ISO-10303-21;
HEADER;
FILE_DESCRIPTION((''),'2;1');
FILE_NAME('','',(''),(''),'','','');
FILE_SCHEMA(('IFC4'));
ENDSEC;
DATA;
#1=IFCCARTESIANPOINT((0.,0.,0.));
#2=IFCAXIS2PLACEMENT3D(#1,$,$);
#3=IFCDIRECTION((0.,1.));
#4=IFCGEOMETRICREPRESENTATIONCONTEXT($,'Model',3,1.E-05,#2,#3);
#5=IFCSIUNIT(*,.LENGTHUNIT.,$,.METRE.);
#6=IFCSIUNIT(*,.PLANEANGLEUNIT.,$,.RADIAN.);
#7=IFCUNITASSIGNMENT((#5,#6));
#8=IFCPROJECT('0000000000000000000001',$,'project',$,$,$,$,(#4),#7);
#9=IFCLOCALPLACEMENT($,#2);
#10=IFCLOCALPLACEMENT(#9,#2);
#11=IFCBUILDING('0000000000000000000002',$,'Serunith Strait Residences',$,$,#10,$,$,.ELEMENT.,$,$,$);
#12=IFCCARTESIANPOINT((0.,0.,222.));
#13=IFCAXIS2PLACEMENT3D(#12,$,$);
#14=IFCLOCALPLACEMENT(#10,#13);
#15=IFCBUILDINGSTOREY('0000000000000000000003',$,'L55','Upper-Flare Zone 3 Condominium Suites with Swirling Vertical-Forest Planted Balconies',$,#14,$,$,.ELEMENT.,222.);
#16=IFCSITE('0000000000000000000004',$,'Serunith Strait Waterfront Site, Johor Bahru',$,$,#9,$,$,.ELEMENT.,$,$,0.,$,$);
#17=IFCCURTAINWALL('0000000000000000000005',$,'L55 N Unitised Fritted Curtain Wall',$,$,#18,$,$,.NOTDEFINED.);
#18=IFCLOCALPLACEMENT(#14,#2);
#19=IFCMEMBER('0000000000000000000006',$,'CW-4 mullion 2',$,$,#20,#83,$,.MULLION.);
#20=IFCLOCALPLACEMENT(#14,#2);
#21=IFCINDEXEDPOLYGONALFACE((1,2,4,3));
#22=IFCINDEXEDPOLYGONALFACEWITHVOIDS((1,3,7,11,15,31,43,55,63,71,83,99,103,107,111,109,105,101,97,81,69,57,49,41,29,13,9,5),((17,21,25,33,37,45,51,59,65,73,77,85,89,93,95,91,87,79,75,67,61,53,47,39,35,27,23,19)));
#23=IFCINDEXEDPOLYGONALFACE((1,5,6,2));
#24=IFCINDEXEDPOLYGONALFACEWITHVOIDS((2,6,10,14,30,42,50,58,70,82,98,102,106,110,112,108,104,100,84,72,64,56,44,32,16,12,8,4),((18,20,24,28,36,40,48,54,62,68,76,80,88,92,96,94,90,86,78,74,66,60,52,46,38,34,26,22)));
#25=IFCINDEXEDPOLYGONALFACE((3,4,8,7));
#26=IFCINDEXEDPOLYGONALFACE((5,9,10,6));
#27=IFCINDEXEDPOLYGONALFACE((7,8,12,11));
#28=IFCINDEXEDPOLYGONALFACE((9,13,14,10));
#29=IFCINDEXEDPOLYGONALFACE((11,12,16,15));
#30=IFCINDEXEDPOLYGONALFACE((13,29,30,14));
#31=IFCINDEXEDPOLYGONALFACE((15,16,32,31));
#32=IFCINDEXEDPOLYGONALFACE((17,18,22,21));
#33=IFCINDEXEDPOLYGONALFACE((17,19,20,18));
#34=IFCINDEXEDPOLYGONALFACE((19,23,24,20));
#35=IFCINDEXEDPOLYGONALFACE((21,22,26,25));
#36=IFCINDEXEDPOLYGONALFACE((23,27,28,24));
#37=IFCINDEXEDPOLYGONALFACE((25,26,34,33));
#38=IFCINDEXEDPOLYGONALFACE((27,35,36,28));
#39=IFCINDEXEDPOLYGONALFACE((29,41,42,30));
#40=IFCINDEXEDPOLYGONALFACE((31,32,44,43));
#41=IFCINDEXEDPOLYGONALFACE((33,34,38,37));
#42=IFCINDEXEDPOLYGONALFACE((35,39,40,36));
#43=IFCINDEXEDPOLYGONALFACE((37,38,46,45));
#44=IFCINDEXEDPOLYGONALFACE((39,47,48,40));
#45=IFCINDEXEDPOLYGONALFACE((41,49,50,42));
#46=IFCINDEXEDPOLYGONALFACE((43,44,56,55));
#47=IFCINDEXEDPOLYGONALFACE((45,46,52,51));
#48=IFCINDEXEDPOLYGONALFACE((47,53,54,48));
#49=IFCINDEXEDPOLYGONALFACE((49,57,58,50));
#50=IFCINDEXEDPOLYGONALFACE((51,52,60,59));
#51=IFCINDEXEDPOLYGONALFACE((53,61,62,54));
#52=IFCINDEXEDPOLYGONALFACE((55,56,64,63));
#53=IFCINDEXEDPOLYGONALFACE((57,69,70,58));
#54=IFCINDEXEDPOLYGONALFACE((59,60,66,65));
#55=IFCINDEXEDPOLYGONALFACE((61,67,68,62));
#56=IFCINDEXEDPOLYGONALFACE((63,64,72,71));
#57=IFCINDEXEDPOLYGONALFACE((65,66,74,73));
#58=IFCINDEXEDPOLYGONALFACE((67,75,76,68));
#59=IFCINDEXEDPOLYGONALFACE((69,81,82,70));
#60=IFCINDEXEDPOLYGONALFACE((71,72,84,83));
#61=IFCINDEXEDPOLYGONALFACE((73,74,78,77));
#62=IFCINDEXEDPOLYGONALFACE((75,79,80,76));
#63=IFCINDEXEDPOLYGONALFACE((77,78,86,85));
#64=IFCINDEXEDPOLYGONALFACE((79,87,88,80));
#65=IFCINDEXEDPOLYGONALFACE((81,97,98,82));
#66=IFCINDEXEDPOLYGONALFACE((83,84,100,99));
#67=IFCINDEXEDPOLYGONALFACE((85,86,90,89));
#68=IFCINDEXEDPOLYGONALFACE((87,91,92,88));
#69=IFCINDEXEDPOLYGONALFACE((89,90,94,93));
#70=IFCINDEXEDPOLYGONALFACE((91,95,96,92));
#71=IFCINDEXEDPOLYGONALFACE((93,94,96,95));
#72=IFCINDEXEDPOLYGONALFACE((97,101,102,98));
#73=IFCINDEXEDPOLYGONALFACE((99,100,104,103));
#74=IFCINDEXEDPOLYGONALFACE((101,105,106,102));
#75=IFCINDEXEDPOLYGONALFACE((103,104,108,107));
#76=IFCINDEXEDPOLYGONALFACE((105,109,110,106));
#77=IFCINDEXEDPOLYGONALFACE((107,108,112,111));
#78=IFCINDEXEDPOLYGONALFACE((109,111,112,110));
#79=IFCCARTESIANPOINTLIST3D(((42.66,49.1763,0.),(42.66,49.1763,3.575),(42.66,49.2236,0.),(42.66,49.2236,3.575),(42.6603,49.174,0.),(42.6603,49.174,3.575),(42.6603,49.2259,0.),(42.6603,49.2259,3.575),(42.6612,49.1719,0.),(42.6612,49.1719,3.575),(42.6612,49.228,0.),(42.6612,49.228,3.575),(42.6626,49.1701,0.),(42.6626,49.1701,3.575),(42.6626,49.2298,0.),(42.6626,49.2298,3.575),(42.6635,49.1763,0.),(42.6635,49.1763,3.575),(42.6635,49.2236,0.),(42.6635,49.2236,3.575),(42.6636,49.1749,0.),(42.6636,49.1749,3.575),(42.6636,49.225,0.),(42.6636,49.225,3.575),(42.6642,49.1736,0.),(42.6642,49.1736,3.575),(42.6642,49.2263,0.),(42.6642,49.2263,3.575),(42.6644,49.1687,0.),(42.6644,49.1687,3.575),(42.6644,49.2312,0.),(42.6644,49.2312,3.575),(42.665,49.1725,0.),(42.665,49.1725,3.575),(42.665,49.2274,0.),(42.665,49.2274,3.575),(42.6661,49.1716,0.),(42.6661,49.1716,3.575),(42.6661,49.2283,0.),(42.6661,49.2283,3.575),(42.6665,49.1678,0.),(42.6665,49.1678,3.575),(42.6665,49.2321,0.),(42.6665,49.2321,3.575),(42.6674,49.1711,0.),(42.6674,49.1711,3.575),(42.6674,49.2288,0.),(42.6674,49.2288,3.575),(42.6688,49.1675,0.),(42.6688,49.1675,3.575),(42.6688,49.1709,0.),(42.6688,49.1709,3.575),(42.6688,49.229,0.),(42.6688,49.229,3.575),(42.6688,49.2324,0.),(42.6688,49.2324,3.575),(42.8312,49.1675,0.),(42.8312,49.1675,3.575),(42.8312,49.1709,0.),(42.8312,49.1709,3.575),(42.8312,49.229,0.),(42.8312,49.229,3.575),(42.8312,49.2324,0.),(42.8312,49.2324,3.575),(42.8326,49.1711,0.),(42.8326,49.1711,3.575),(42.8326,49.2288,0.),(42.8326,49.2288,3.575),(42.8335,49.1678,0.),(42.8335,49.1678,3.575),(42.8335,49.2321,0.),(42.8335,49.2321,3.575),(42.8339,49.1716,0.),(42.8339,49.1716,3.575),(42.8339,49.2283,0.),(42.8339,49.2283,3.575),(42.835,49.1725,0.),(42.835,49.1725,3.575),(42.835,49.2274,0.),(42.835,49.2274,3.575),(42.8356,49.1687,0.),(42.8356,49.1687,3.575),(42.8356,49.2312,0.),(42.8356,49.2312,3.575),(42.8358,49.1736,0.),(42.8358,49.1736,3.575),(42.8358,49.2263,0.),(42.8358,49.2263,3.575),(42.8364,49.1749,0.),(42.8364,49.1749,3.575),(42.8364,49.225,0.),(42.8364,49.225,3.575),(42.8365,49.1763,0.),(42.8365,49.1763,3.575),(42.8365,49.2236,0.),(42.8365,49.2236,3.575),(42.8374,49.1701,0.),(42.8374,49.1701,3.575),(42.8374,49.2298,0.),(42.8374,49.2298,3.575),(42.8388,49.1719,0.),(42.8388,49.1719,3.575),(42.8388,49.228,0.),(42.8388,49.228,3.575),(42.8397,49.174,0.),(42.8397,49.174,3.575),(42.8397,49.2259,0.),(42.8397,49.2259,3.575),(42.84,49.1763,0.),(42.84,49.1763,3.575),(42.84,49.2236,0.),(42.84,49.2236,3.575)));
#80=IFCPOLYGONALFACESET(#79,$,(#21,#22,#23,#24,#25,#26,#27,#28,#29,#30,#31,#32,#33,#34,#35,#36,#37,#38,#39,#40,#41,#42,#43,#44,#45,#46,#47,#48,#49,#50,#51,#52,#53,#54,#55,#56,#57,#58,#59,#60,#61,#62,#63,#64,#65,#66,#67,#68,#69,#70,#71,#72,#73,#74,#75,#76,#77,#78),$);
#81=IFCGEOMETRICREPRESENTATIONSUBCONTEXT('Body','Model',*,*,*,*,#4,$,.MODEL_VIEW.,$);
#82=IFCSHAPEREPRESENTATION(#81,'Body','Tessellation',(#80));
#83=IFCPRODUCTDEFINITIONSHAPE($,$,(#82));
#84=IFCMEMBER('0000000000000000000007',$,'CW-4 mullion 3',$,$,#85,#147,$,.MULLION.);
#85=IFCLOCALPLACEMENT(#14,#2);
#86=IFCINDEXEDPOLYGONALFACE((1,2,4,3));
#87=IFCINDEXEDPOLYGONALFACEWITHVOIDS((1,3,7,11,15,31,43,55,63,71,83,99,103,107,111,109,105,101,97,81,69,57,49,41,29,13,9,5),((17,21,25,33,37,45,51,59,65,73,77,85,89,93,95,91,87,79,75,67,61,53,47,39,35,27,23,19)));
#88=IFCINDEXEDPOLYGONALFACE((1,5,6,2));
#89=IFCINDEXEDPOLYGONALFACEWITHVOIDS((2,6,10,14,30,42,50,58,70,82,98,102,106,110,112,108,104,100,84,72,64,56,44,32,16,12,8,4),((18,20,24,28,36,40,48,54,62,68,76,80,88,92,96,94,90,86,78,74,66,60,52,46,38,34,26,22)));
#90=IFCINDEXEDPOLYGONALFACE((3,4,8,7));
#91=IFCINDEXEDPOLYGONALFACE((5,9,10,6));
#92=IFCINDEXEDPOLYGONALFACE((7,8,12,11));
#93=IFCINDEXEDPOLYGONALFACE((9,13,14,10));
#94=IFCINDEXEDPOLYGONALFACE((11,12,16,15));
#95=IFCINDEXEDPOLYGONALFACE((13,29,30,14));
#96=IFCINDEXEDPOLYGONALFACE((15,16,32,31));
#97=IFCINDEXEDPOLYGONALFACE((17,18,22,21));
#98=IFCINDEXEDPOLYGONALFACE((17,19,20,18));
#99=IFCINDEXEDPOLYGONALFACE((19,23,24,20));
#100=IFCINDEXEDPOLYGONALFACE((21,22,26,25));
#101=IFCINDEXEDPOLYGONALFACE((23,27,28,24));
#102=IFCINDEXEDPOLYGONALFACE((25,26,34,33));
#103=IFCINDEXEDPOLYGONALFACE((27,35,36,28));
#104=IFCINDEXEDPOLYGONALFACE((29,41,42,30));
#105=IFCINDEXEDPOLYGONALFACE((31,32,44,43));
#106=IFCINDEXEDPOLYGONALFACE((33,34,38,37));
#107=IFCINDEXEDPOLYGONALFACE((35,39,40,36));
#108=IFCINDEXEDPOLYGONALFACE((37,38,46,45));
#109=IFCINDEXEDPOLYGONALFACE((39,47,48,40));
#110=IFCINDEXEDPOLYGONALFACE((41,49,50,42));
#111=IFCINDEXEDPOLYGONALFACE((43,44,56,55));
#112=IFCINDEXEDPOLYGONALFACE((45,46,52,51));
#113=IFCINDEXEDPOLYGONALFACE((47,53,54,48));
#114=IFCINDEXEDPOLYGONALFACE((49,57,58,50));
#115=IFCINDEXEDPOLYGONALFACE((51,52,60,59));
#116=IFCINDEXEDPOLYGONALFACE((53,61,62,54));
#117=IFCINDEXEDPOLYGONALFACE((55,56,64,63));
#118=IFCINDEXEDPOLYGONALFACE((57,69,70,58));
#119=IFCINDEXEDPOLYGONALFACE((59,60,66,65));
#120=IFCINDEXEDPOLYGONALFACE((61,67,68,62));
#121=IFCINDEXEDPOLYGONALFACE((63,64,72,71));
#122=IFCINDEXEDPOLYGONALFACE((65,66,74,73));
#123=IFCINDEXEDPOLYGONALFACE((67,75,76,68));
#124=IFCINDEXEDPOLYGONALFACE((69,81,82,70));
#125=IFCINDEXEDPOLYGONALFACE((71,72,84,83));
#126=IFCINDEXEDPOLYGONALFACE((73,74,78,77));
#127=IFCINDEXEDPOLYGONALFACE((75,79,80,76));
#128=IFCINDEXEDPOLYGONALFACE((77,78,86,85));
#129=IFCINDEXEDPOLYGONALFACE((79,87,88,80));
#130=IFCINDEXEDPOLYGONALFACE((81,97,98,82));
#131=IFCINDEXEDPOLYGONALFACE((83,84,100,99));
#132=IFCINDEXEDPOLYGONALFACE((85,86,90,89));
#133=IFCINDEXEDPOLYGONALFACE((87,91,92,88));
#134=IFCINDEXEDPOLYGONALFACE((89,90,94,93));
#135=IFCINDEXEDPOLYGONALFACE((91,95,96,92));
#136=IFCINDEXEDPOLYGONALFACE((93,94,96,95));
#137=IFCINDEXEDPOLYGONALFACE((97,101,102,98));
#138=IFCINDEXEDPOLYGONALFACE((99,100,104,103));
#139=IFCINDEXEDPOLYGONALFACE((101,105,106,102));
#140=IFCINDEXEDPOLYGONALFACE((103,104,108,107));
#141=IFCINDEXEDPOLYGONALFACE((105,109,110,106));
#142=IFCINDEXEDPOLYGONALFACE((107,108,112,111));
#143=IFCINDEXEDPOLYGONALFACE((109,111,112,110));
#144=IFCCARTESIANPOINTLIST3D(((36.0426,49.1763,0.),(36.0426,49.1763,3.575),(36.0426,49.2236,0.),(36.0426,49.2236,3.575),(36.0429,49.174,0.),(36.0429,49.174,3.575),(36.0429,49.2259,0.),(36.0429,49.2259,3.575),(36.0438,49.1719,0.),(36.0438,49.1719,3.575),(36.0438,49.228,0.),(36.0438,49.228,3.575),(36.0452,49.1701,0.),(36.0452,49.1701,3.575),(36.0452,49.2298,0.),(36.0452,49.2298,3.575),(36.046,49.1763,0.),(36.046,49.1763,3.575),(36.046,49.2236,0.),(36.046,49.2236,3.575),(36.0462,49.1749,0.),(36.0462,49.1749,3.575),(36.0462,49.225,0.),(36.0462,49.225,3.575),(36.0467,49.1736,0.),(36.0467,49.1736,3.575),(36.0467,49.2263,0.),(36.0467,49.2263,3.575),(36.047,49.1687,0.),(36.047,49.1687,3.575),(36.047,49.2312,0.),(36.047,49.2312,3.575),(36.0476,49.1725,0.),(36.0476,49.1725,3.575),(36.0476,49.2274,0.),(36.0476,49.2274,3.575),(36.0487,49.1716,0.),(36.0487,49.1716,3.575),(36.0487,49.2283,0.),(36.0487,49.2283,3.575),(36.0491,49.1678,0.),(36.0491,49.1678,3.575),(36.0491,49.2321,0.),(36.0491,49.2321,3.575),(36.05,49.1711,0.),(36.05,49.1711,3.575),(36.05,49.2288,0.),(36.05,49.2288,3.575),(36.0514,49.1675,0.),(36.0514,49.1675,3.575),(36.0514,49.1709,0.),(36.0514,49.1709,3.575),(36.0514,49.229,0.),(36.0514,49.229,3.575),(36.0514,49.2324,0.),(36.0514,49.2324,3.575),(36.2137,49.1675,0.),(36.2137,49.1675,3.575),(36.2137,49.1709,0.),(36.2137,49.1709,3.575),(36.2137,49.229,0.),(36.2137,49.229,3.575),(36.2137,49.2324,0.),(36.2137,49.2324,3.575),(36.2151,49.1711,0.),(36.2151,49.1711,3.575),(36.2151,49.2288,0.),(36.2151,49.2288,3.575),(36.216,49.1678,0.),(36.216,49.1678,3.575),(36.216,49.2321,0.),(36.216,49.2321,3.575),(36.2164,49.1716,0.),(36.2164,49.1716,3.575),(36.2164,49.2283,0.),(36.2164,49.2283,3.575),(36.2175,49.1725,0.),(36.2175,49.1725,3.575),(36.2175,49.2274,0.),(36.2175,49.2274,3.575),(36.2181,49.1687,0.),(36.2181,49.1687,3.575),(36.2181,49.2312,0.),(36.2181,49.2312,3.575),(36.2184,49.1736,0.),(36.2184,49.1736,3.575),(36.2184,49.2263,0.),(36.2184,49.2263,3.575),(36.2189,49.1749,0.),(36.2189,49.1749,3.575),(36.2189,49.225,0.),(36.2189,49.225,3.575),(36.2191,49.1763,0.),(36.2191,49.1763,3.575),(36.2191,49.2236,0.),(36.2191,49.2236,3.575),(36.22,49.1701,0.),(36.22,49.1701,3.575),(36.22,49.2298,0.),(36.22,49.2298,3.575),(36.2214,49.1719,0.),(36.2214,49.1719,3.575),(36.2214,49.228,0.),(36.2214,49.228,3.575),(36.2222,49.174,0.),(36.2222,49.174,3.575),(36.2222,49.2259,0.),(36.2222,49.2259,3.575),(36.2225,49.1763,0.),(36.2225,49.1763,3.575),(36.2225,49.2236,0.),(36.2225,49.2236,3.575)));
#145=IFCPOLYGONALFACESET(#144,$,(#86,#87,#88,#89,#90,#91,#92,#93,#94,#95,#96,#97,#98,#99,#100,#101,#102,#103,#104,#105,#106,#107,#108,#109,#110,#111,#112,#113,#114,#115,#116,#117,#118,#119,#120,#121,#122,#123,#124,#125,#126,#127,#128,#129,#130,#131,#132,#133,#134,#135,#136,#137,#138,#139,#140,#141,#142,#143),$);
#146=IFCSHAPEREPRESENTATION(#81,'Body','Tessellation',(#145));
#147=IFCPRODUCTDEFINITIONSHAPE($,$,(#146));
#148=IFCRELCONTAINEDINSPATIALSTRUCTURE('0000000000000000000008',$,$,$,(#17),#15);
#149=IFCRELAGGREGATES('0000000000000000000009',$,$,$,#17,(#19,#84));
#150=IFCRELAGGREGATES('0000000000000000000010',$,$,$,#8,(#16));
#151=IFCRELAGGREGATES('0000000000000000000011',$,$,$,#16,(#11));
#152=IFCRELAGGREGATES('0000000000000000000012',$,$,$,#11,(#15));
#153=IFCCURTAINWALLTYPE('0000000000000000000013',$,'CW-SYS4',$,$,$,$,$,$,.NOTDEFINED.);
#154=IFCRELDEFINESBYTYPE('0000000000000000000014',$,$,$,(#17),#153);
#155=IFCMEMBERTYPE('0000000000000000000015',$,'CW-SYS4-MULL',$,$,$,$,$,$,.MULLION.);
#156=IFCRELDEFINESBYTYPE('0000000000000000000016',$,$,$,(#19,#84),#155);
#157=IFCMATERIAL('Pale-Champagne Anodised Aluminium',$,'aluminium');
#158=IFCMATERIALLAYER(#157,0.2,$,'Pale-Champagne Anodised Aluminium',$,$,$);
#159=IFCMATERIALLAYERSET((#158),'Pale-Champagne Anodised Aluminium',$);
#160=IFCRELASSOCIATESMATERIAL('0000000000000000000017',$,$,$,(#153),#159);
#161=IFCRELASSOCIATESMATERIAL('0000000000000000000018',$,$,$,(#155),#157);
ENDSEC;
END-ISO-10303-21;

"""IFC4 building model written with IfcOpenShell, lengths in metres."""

from ifc_helpers import new_model, si_unit, direction, frame, origin, origin_2d, place, context, subcontext, project, spatial, hollow_rectangle, extrude, source, transform, mapped, material, layer, layer_set, material_profile, profile_set, type_object, element, aggregate, save


model = new_model("IFC4")

# Units and contexts
model_context = context("Model", 3, precision=1e-05, world=origin(), true_north=direction((0.0, 1.0)))
body_context = subcontext(model_context, "Body", "Model", "MODEL_VIEW")
ifc_project = project(units=[si_unit("LENGTHUNIT", "METRE"), si_unit("PLANEANGLEUNIT", "RADIAN")], contexts=[model_context])

# Site, building, storey
site_placement = place(None, origin())
site = spatial("IfcSite", under=ifc_project, at=site_placement, Name="Serunith Strait Waterfront Site, Johor Bahru", CompositionType="ELEMENT", RefElevation=0.0)
building_placement = place(site_placement, origin())
building = spatial("IfcBuilding", under=site, at=building_placement, Name="Serunith Strait Residences", CompositionType="ELEMENT")
storey_placement = place(building_placement, frame((0.0, 0.0, 222.0)))
storey = spatial("IfcBuildingStorey", under=building, at=storey_placement, Name="L55", Description="Upper-Flare Zone 3 Condominium Suites with Swirling Vertical-Forest Planted Balconies", CompositionType="ELEMENT", Elevation=222.0)

# Curtain wall, members
ifc_material_1 = material(Name="Pale-Champagne Anodised Aluminium", Category="aluminium")
ifc_layer_1 = layer(ifc_material_1, 0.2, Name="Pale-Champagne Anodised Aluminium")
ifc_layer_set_1 = layer_set([ifc_layer_1], Name="Pale-Champagne Anodised Aluminium")
curtain_wall_type = type_object("IfcCurtainWallType", Name="CW-SYS4", PredefinedType="NOTDEFINED", material=ifc_layer_set_1)
curtain_wall_1_placement = place(storey_placement, origin())
curtain_wall_1 = element("IfcCurtainWall", 1, at=curtain_wall_1_placement, inside=storey, type_object=curtain_wall_type, Name="L55 N Unitised Fritted Curtain Wall", PredefinedType="NOTDEFINED")
ifc_material_profile_1 = material_profile(ifc_material_1, hollow_rectangle(XDim=0.0649, YDim=0.1799, WallThickness=0.0034, InnerFilletRadius=0.0054, OuterFilletRadius=0.0088, at=origin_2d()), Name="ALU 180x65x3.5")
ifc_profile_set_1 = profile_set([ifc_material_profile_1], Name="Pale-Champagne Anodised Aluminium")
member_type_1 = type_object("IfcMemberType", Name="CW-SYS4-MULL", PredefinedType="MULLION", material=ifc_profile_set_1)
shared_shape_1 = source(origin(), body_context, "Body", "SweptSolid", [
    extrude(hollow_rectangle(XDim=0.0649, YDim=0.1799, WallThickness=0.0034, InnerFilletRadius=0.0054, OuterFilletRadius=0.0088, at=origin_2d()), origin(), (0.0, 0.0, 1.0), 3.575),
])
member_1_placement = place(storey_placement, frame((42.75, 49.2, 0.0), z_axis=(0.0, 0.0, 1.0), x_axis=(0.0, -1.0, 0.0)))
member_1 = element("IfcMember", 2, at=member_1_placement, type_object=member_type_1, Name="CW-4 mullion 2", PredefinedType="MULLION", context=body_context, shape_type="MappedRepresentation", body=[
    mapped(shared_shape_1, transform((0.0, 0.0, 0.0), scale=1.0)),
])
member_2_placement = place(storey_placement, frame((36.1326, 49.2, 0.0), z_axis=(0.0, 0.0, 1.0), x_axis=(0.0, -1.0, 0.0)))
member_2 = element("IfcMember", 3, at=member_2_placement, type_object=member_type_1, Name="CW-4 mullion 3", PredefinedType="MULLION", context=body_context, shape_type="MappedRepresentation", body=[
    mapped(shared_shape_1, transform((0.0, 0.0, 0.0), scale=1.0)),
])

aggregate(curtain_wall_1, [member_1, member_2])

save(model, "model.ifc")
